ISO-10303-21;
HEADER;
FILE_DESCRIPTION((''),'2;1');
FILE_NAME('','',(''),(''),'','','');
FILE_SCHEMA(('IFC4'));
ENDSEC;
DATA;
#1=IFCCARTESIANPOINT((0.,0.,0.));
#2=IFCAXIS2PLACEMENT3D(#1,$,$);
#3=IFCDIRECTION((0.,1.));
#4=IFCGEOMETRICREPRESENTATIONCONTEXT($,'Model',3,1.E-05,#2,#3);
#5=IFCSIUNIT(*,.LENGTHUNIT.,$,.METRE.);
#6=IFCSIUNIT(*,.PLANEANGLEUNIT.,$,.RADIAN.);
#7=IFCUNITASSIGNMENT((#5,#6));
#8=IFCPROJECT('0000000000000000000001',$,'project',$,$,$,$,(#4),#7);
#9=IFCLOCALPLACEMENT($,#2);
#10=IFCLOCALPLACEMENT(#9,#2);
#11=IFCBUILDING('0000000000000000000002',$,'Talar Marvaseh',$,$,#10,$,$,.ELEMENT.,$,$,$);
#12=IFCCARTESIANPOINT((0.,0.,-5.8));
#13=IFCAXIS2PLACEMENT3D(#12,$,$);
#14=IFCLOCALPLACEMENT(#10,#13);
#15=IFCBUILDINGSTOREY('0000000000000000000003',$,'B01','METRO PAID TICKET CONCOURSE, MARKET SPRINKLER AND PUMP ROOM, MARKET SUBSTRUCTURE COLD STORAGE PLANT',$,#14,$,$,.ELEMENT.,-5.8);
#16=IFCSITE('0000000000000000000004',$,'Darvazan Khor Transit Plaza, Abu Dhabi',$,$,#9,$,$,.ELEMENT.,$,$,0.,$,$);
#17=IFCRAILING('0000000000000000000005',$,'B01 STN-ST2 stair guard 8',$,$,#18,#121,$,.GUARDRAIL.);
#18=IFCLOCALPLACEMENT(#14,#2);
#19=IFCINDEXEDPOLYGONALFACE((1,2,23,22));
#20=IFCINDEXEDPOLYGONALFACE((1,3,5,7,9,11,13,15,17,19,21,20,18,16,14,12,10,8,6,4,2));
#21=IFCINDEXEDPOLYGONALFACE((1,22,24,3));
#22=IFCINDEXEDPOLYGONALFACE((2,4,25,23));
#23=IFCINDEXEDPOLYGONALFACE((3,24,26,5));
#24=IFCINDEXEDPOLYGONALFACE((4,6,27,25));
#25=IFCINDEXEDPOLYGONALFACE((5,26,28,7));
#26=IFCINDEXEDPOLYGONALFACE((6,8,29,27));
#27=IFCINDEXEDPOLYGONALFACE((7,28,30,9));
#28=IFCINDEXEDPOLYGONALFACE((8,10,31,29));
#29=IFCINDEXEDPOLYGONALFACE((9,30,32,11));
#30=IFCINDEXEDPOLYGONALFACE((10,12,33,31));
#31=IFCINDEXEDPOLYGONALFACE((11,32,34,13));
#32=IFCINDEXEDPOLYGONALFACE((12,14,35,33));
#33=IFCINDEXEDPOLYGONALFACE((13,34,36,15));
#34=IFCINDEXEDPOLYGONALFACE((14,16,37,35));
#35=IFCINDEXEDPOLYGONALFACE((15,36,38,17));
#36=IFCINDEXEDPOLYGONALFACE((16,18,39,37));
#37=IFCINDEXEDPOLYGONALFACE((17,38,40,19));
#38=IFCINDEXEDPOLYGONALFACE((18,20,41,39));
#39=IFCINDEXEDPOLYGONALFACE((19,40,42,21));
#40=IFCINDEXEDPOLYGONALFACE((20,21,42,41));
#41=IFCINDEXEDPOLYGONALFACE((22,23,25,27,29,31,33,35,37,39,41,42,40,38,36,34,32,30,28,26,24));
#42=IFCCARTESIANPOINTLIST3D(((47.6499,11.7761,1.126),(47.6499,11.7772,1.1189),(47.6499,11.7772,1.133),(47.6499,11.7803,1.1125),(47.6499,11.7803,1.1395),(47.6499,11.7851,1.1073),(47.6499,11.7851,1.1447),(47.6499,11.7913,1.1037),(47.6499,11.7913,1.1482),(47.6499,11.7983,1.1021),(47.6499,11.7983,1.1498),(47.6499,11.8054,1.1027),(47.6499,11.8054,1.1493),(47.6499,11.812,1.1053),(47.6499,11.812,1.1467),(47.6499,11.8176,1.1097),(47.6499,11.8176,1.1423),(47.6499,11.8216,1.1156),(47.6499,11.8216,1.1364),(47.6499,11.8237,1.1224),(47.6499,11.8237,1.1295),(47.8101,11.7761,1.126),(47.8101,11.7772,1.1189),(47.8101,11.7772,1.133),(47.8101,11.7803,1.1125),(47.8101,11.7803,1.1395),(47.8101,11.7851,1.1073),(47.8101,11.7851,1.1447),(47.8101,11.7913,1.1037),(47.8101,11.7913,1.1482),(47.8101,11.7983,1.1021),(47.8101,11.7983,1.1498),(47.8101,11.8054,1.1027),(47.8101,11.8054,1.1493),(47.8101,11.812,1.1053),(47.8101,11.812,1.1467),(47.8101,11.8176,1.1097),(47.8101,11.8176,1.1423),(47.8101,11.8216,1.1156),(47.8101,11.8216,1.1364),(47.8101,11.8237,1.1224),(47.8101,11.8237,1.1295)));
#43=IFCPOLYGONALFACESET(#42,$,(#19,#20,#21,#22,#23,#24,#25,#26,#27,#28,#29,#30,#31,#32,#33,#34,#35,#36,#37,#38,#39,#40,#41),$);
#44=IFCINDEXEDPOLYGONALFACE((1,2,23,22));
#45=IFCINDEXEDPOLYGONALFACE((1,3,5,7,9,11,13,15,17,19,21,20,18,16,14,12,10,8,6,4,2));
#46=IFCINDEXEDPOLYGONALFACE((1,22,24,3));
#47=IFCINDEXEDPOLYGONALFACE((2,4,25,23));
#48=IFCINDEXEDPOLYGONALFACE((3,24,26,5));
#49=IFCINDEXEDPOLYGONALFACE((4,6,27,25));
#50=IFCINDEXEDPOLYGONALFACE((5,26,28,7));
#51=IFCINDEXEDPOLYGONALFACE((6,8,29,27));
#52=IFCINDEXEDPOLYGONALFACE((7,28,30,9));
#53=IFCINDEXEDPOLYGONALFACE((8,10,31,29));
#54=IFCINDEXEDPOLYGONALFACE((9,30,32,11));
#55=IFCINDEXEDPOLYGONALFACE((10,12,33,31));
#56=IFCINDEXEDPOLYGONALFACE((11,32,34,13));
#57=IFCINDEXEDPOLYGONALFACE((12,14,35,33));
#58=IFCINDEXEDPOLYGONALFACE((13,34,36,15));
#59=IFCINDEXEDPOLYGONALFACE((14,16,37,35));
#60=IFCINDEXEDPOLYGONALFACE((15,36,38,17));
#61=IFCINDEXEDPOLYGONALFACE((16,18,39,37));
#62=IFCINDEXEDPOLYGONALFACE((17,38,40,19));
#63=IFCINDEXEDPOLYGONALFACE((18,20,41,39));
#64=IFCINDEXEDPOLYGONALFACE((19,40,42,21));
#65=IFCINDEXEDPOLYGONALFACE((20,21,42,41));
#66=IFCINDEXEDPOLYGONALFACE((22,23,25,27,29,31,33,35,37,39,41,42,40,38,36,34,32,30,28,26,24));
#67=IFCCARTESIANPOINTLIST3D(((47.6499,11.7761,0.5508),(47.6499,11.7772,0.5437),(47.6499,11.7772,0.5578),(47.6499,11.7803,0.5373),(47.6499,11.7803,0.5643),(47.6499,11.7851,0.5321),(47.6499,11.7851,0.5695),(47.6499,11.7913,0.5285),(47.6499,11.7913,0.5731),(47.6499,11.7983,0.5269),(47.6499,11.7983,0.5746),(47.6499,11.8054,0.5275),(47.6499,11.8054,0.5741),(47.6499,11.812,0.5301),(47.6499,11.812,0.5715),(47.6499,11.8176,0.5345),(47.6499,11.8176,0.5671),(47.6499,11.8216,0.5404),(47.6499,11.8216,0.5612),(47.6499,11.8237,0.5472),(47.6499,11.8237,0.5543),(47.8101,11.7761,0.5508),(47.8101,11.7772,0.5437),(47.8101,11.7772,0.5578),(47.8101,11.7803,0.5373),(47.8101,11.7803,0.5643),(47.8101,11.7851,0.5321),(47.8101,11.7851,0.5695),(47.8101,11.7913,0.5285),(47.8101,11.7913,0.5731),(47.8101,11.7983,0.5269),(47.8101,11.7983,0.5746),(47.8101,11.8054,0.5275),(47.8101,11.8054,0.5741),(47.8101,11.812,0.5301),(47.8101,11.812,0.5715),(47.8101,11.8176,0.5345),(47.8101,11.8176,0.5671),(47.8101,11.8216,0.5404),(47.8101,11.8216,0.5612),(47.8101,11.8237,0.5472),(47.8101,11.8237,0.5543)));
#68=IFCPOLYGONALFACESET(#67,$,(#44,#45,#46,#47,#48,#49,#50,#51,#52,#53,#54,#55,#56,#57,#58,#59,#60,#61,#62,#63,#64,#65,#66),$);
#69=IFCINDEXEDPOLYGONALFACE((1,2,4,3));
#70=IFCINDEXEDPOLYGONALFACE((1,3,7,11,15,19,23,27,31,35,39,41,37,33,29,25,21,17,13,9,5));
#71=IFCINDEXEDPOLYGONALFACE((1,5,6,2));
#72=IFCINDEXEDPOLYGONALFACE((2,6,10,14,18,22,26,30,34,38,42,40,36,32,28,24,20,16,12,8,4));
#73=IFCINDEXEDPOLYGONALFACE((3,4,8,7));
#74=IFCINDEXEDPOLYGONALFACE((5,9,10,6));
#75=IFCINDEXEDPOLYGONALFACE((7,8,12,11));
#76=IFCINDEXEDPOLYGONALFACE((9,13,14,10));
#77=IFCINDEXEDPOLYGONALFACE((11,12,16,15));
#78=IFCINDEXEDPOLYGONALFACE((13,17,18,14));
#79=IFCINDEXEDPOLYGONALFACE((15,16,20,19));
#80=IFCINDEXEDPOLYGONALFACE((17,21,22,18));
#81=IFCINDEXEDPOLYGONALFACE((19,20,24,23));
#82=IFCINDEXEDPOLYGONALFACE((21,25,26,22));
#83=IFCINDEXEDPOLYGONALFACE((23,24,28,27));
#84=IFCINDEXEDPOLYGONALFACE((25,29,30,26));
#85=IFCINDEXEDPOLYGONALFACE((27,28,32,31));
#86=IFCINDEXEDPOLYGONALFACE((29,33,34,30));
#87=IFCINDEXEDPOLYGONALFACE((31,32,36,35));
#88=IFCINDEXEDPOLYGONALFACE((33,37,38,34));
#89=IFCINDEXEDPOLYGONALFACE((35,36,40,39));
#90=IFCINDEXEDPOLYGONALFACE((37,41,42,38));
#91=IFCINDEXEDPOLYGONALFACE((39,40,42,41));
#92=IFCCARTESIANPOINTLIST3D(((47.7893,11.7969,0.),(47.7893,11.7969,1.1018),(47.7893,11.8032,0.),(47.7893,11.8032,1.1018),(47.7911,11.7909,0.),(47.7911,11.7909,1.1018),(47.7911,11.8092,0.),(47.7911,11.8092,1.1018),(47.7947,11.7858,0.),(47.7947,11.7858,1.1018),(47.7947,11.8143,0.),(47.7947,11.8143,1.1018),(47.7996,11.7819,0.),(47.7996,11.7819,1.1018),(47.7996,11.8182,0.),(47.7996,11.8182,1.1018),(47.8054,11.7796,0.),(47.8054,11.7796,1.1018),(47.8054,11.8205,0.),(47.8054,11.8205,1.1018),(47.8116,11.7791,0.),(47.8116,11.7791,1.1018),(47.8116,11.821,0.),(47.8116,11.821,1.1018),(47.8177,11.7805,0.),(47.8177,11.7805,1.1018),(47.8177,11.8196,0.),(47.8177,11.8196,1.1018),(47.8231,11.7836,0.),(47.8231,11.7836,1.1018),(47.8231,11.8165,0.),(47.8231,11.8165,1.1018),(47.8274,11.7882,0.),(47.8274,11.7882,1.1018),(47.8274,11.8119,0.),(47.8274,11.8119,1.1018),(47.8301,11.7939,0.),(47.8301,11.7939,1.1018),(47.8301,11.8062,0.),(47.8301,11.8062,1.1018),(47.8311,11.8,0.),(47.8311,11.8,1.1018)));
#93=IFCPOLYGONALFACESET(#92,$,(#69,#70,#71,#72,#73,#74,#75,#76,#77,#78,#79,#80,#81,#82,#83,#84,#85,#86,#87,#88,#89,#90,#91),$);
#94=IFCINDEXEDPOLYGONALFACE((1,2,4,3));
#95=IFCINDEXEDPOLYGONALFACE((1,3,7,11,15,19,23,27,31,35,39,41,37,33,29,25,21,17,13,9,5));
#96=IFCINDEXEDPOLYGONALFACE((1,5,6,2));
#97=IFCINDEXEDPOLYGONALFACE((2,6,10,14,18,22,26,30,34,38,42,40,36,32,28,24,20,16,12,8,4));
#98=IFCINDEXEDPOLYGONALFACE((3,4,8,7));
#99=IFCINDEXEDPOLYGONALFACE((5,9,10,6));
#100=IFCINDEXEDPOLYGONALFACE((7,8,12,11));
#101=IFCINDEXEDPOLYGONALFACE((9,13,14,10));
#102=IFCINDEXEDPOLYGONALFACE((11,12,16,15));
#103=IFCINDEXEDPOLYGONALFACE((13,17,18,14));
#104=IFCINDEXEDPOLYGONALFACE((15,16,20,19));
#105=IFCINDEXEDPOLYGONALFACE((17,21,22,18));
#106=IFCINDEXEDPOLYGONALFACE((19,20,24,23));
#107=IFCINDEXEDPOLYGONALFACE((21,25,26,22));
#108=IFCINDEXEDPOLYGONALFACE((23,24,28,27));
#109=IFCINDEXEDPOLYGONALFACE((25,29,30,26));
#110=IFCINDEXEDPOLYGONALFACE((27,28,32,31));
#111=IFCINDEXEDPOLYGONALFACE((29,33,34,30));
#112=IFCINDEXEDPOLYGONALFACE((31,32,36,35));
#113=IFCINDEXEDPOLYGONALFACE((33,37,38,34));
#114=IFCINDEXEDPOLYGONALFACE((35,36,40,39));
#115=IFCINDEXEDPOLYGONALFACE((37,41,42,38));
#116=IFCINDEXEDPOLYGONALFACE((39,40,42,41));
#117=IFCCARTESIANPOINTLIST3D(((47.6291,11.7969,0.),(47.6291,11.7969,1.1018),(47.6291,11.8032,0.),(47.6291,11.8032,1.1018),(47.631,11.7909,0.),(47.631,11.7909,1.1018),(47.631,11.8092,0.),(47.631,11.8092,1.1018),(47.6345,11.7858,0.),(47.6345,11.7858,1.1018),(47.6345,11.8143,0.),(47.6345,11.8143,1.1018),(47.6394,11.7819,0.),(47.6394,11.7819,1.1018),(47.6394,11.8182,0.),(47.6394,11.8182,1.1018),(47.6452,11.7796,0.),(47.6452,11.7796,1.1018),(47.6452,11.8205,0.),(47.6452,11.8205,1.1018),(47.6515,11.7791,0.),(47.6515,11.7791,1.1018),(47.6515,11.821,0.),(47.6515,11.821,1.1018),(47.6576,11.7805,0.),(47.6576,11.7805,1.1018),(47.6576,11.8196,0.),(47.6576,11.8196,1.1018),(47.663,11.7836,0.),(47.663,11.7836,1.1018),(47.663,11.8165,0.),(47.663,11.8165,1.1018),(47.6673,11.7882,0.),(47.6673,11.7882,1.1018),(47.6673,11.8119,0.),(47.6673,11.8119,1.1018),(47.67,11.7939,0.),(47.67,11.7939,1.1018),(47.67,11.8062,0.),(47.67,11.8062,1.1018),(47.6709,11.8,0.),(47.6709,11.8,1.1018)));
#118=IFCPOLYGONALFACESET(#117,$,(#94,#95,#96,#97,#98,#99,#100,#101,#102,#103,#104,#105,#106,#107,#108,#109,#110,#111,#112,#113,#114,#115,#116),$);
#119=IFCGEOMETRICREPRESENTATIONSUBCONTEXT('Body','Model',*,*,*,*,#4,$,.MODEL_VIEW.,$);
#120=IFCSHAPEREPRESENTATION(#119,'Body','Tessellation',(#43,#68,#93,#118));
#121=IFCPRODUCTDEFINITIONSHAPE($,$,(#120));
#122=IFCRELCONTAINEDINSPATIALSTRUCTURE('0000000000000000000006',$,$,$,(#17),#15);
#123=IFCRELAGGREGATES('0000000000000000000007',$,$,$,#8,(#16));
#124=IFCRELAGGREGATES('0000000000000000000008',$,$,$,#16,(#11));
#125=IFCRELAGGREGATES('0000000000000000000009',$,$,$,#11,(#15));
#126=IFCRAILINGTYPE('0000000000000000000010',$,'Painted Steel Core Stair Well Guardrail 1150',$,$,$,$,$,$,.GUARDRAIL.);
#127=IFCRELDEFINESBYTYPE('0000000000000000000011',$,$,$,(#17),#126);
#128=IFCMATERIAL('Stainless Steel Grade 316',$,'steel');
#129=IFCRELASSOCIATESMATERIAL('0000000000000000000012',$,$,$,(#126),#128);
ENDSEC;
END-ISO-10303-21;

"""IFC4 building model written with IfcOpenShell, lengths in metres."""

from ifc_helpers import new_model, si_unit, direction, frame, origin, origin_2d, place, context, subcontext, project, spatial, circle, extrude, material, type_object, element, save


model = new_model("IFC4")

# Units and contexts
model_context = context("Model", 3, precision=1e-05, world=origin(), true_north=direction((0.0, 1.0)))
body_context = subcontext(model_context, "Body", "Model", "MODEL_VIEW")
ifc_project = project(units=[si_unit("LENGTHUNIT", "METRE"), si_unit("PLANEANGLEUNIT", "RADIAN")], contexts=[model_context])

# Site, building, storey
site_placement = place(None, origin())
site = spatial("IfcSite", under=ifc_project, at=site_placement, Name="Darvazan Khor Transit Plaza, Abu Dhabi", CompositionType="ELEMENT", RefElevation=0.0)
building_placement = place(site_placement, origin())
building = spatial("IfcBuilding", under=site, at=building_placement, Name="Talar Marvaseh", CompositionType="ELEMENT")
storey_placement = place(building_placement, frame((0.0, 0.0, -5.8)))
storey = spatial("IfcBuildingStorey", under=building, at=storey_placement, Name="B01", Description="METRO PAID TICKET CONCOURSE, MARKET SPRINKLER AND PUMP ROOM, MARKET SUBSTRUCTURE COLD STORAGE PLANT", CompositionType="ELEMENT", Elevation=-5.8)

# Railing
ifc_material_1 = material(Name="Stainless Steel Grade 316", Category="steel")
railing_type_1 = type_object("IfcRailingType", Name="Painted Steel Core Stair Well Guardrail 1150", PredefinedType="GUARDRAIL", material=ifc_material_1)
railing_1_placement = place(storey_placement, frame((47.8101, 11.8, 0.0)))
element("IfcRailing", 1, at=railing_1_placement, inside=storey, type_object=railing_type_1, Name="B01 STN-ST2 stair guard 8", PredefinedType="GUARDRAIL", context=body_context, shape_type="SweptSolid", body=[
    extrude(circle(Radius=0.0239, at=origin_2d()), frame((0.0, 0.0, 1.126), z_axis=(-1.0, 0.0, 0.0), x_axis=(0.0, -1.0, 0.0)), (0.0, 0.0, 1.0), 0.1602),
    extrude(circle(Radius=0.0239, at=origin_2d()), frame((0.0, 0.0, 0.5508), z_axis=(-1.0, 0.0, 0.0), x_axis=(0.0, -1.0, 0.0)), (0.0, 0.0, 1.0), 0.1602),
    extrude(circle(Radius=0.021, at=origin_2d()), origin(), (0.0, 0.0, 1.0), 1.1018),
    extrude(circle(Radius=0.021, at=origin_2d()), frame((-0.1602, 0.0, 0.0)), (0.0, 0.0, 1.0), 1.1018),
])

save(model, "model.ifc")
